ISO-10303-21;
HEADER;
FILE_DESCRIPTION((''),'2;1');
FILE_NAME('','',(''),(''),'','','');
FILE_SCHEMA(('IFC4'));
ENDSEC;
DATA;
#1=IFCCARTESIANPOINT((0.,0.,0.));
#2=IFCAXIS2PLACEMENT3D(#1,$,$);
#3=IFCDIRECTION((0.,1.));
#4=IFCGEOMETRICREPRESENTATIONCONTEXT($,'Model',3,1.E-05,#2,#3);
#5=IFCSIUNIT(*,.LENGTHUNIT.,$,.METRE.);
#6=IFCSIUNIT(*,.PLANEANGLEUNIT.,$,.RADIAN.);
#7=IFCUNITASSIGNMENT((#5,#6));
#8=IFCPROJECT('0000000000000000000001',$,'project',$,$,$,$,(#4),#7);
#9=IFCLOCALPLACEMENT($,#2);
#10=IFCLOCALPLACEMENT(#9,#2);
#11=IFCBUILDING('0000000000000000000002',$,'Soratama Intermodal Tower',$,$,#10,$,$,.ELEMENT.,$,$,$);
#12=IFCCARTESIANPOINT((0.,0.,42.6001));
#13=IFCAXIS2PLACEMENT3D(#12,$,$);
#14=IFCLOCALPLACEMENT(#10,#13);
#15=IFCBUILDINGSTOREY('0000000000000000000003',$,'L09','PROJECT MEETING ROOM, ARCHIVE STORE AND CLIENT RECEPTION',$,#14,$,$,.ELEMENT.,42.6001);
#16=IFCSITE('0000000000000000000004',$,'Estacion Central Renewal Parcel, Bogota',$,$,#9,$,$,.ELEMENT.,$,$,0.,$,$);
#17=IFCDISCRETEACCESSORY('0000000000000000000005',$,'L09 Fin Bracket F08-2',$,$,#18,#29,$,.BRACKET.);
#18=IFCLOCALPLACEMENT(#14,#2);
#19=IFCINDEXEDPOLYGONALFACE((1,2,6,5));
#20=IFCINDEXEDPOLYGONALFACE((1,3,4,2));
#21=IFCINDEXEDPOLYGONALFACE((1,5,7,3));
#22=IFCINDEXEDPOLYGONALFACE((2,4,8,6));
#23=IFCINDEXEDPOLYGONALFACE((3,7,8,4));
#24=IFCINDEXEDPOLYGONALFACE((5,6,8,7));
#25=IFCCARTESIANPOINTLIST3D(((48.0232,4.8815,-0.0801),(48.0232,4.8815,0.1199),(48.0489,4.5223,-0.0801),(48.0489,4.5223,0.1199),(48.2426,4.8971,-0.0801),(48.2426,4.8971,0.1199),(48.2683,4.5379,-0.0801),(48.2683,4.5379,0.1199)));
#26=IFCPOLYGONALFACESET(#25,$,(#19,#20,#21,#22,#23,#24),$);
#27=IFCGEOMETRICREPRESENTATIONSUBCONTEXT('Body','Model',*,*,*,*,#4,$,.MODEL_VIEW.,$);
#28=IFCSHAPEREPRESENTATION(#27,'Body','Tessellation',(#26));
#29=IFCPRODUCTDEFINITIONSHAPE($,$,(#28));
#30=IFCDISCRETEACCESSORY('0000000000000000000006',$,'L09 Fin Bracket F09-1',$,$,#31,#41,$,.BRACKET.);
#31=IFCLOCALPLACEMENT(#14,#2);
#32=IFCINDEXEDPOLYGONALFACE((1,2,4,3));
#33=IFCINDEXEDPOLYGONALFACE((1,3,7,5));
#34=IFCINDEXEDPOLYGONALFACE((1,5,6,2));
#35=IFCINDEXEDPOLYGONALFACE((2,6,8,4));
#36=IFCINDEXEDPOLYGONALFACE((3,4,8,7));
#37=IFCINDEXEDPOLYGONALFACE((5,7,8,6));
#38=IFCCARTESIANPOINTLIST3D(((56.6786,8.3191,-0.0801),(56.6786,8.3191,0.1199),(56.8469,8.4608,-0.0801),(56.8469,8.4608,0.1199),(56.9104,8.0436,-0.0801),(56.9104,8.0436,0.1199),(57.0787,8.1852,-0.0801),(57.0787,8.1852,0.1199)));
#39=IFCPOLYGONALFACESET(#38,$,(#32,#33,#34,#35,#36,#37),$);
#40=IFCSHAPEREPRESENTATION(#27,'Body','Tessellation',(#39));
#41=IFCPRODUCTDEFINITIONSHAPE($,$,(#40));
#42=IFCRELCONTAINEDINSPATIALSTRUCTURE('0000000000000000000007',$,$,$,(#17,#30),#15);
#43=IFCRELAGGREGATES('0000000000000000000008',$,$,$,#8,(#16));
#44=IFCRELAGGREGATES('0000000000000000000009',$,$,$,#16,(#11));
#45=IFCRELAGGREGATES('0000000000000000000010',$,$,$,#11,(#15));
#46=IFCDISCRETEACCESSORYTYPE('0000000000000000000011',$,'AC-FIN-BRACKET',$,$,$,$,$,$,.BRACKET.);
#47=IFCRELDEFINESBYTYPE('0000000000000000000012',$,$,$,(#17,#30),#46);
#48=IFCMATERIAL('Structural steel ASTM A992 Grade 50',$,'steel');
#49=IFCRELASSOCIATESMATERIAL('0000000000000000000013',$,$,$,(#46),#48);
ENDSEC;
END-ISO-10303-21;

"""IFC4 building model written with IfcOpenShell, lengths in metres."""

from ifc_helpers import new_model, si_unit, direction, frame, origin, origin_2d, place, context, subcontext, project, spatial, rectangle, extrude, material, type_object, element, save


model = new_model("IFC4")

# Units and contexts
model_context = context("Model", 3, precision=1e-05, world=origin(), true_north=direction((0.0, 1.0)))
body_context = subcontext(model_context, "Body", "Model", "MODEL_VIEW")
ifc_project = project(units=[si_unit("LENGTHUNIT", "METRE"), si_unit("PLANEANGLEUNIT", "RADIAN")], contexts=[model_context])

# Site, building, storey
site_placement = place(None, origin())
site = spatial("IfcSite", under=ifc_project, at=site_placement, Name="Estacion Central Renewal Parcel, Bogota", CompositionType="ELEMENT", RefElevation=0.0)
building_placement = place(site_placement, origin())
building = spatial("IfcBuilding", under=site, at=building_placement, Name="Soratama Intermodal Tower", CompositionType="ELEMENT")
storey_placement = place(building_placement, frame((0.0, 0.0, 42.6001)))
storey = spatial("IfcBuildingStorey", under=building, at=storey_placement, Name="L09", Description="PROJECT MEETING ROOM, ARCHIVE STORE AND CLIENT RECEPTION", CompositionType="ELEMENT", Elevation=42.6001)

# Discrete accessories
ifc_material_1 = material(Name="Structural steel ASTM A992 Grade 50", Category="steel")
discrete_accessory_type = type_object("IfcDiscreteAccessoryType", Name="AC-FIN-BRACKET", PredefinedType="BRACKET", material=ifc_material_1)
for number, where, z_axis, x_axis, name in (
    (1, (48.1458, 4.7097, -0.0801), (0.0, 0.0, 1.0), (0.071149, -0.997466, 0.0), "L09 Fin Bracket F08-2"),
    (2, (56.8787, 8.2522, -0.0801), (0.0, 0.0, 1.0), (0.643857, -0.765146, 0.0), "L09 Fin Bracket F09-1"),
):
    element("IfcDiscreteAccessory", number, at=place(storey_placement, frame(where, z_axis=z_axis, x_axis=x_axis)), inside=storey, type_object=discrete_accessory_type, Name=name, PredefinedType="BRACKET", context=body_context, shape_type="SweptSolid", body=[
        extrude(rectangle(XDim=0.3601, YDim=0.22, at=origin_2d()), origin(), (0.0, 0.0, 1.0), 0.2),
    ])

save(model, "model.ifc")
